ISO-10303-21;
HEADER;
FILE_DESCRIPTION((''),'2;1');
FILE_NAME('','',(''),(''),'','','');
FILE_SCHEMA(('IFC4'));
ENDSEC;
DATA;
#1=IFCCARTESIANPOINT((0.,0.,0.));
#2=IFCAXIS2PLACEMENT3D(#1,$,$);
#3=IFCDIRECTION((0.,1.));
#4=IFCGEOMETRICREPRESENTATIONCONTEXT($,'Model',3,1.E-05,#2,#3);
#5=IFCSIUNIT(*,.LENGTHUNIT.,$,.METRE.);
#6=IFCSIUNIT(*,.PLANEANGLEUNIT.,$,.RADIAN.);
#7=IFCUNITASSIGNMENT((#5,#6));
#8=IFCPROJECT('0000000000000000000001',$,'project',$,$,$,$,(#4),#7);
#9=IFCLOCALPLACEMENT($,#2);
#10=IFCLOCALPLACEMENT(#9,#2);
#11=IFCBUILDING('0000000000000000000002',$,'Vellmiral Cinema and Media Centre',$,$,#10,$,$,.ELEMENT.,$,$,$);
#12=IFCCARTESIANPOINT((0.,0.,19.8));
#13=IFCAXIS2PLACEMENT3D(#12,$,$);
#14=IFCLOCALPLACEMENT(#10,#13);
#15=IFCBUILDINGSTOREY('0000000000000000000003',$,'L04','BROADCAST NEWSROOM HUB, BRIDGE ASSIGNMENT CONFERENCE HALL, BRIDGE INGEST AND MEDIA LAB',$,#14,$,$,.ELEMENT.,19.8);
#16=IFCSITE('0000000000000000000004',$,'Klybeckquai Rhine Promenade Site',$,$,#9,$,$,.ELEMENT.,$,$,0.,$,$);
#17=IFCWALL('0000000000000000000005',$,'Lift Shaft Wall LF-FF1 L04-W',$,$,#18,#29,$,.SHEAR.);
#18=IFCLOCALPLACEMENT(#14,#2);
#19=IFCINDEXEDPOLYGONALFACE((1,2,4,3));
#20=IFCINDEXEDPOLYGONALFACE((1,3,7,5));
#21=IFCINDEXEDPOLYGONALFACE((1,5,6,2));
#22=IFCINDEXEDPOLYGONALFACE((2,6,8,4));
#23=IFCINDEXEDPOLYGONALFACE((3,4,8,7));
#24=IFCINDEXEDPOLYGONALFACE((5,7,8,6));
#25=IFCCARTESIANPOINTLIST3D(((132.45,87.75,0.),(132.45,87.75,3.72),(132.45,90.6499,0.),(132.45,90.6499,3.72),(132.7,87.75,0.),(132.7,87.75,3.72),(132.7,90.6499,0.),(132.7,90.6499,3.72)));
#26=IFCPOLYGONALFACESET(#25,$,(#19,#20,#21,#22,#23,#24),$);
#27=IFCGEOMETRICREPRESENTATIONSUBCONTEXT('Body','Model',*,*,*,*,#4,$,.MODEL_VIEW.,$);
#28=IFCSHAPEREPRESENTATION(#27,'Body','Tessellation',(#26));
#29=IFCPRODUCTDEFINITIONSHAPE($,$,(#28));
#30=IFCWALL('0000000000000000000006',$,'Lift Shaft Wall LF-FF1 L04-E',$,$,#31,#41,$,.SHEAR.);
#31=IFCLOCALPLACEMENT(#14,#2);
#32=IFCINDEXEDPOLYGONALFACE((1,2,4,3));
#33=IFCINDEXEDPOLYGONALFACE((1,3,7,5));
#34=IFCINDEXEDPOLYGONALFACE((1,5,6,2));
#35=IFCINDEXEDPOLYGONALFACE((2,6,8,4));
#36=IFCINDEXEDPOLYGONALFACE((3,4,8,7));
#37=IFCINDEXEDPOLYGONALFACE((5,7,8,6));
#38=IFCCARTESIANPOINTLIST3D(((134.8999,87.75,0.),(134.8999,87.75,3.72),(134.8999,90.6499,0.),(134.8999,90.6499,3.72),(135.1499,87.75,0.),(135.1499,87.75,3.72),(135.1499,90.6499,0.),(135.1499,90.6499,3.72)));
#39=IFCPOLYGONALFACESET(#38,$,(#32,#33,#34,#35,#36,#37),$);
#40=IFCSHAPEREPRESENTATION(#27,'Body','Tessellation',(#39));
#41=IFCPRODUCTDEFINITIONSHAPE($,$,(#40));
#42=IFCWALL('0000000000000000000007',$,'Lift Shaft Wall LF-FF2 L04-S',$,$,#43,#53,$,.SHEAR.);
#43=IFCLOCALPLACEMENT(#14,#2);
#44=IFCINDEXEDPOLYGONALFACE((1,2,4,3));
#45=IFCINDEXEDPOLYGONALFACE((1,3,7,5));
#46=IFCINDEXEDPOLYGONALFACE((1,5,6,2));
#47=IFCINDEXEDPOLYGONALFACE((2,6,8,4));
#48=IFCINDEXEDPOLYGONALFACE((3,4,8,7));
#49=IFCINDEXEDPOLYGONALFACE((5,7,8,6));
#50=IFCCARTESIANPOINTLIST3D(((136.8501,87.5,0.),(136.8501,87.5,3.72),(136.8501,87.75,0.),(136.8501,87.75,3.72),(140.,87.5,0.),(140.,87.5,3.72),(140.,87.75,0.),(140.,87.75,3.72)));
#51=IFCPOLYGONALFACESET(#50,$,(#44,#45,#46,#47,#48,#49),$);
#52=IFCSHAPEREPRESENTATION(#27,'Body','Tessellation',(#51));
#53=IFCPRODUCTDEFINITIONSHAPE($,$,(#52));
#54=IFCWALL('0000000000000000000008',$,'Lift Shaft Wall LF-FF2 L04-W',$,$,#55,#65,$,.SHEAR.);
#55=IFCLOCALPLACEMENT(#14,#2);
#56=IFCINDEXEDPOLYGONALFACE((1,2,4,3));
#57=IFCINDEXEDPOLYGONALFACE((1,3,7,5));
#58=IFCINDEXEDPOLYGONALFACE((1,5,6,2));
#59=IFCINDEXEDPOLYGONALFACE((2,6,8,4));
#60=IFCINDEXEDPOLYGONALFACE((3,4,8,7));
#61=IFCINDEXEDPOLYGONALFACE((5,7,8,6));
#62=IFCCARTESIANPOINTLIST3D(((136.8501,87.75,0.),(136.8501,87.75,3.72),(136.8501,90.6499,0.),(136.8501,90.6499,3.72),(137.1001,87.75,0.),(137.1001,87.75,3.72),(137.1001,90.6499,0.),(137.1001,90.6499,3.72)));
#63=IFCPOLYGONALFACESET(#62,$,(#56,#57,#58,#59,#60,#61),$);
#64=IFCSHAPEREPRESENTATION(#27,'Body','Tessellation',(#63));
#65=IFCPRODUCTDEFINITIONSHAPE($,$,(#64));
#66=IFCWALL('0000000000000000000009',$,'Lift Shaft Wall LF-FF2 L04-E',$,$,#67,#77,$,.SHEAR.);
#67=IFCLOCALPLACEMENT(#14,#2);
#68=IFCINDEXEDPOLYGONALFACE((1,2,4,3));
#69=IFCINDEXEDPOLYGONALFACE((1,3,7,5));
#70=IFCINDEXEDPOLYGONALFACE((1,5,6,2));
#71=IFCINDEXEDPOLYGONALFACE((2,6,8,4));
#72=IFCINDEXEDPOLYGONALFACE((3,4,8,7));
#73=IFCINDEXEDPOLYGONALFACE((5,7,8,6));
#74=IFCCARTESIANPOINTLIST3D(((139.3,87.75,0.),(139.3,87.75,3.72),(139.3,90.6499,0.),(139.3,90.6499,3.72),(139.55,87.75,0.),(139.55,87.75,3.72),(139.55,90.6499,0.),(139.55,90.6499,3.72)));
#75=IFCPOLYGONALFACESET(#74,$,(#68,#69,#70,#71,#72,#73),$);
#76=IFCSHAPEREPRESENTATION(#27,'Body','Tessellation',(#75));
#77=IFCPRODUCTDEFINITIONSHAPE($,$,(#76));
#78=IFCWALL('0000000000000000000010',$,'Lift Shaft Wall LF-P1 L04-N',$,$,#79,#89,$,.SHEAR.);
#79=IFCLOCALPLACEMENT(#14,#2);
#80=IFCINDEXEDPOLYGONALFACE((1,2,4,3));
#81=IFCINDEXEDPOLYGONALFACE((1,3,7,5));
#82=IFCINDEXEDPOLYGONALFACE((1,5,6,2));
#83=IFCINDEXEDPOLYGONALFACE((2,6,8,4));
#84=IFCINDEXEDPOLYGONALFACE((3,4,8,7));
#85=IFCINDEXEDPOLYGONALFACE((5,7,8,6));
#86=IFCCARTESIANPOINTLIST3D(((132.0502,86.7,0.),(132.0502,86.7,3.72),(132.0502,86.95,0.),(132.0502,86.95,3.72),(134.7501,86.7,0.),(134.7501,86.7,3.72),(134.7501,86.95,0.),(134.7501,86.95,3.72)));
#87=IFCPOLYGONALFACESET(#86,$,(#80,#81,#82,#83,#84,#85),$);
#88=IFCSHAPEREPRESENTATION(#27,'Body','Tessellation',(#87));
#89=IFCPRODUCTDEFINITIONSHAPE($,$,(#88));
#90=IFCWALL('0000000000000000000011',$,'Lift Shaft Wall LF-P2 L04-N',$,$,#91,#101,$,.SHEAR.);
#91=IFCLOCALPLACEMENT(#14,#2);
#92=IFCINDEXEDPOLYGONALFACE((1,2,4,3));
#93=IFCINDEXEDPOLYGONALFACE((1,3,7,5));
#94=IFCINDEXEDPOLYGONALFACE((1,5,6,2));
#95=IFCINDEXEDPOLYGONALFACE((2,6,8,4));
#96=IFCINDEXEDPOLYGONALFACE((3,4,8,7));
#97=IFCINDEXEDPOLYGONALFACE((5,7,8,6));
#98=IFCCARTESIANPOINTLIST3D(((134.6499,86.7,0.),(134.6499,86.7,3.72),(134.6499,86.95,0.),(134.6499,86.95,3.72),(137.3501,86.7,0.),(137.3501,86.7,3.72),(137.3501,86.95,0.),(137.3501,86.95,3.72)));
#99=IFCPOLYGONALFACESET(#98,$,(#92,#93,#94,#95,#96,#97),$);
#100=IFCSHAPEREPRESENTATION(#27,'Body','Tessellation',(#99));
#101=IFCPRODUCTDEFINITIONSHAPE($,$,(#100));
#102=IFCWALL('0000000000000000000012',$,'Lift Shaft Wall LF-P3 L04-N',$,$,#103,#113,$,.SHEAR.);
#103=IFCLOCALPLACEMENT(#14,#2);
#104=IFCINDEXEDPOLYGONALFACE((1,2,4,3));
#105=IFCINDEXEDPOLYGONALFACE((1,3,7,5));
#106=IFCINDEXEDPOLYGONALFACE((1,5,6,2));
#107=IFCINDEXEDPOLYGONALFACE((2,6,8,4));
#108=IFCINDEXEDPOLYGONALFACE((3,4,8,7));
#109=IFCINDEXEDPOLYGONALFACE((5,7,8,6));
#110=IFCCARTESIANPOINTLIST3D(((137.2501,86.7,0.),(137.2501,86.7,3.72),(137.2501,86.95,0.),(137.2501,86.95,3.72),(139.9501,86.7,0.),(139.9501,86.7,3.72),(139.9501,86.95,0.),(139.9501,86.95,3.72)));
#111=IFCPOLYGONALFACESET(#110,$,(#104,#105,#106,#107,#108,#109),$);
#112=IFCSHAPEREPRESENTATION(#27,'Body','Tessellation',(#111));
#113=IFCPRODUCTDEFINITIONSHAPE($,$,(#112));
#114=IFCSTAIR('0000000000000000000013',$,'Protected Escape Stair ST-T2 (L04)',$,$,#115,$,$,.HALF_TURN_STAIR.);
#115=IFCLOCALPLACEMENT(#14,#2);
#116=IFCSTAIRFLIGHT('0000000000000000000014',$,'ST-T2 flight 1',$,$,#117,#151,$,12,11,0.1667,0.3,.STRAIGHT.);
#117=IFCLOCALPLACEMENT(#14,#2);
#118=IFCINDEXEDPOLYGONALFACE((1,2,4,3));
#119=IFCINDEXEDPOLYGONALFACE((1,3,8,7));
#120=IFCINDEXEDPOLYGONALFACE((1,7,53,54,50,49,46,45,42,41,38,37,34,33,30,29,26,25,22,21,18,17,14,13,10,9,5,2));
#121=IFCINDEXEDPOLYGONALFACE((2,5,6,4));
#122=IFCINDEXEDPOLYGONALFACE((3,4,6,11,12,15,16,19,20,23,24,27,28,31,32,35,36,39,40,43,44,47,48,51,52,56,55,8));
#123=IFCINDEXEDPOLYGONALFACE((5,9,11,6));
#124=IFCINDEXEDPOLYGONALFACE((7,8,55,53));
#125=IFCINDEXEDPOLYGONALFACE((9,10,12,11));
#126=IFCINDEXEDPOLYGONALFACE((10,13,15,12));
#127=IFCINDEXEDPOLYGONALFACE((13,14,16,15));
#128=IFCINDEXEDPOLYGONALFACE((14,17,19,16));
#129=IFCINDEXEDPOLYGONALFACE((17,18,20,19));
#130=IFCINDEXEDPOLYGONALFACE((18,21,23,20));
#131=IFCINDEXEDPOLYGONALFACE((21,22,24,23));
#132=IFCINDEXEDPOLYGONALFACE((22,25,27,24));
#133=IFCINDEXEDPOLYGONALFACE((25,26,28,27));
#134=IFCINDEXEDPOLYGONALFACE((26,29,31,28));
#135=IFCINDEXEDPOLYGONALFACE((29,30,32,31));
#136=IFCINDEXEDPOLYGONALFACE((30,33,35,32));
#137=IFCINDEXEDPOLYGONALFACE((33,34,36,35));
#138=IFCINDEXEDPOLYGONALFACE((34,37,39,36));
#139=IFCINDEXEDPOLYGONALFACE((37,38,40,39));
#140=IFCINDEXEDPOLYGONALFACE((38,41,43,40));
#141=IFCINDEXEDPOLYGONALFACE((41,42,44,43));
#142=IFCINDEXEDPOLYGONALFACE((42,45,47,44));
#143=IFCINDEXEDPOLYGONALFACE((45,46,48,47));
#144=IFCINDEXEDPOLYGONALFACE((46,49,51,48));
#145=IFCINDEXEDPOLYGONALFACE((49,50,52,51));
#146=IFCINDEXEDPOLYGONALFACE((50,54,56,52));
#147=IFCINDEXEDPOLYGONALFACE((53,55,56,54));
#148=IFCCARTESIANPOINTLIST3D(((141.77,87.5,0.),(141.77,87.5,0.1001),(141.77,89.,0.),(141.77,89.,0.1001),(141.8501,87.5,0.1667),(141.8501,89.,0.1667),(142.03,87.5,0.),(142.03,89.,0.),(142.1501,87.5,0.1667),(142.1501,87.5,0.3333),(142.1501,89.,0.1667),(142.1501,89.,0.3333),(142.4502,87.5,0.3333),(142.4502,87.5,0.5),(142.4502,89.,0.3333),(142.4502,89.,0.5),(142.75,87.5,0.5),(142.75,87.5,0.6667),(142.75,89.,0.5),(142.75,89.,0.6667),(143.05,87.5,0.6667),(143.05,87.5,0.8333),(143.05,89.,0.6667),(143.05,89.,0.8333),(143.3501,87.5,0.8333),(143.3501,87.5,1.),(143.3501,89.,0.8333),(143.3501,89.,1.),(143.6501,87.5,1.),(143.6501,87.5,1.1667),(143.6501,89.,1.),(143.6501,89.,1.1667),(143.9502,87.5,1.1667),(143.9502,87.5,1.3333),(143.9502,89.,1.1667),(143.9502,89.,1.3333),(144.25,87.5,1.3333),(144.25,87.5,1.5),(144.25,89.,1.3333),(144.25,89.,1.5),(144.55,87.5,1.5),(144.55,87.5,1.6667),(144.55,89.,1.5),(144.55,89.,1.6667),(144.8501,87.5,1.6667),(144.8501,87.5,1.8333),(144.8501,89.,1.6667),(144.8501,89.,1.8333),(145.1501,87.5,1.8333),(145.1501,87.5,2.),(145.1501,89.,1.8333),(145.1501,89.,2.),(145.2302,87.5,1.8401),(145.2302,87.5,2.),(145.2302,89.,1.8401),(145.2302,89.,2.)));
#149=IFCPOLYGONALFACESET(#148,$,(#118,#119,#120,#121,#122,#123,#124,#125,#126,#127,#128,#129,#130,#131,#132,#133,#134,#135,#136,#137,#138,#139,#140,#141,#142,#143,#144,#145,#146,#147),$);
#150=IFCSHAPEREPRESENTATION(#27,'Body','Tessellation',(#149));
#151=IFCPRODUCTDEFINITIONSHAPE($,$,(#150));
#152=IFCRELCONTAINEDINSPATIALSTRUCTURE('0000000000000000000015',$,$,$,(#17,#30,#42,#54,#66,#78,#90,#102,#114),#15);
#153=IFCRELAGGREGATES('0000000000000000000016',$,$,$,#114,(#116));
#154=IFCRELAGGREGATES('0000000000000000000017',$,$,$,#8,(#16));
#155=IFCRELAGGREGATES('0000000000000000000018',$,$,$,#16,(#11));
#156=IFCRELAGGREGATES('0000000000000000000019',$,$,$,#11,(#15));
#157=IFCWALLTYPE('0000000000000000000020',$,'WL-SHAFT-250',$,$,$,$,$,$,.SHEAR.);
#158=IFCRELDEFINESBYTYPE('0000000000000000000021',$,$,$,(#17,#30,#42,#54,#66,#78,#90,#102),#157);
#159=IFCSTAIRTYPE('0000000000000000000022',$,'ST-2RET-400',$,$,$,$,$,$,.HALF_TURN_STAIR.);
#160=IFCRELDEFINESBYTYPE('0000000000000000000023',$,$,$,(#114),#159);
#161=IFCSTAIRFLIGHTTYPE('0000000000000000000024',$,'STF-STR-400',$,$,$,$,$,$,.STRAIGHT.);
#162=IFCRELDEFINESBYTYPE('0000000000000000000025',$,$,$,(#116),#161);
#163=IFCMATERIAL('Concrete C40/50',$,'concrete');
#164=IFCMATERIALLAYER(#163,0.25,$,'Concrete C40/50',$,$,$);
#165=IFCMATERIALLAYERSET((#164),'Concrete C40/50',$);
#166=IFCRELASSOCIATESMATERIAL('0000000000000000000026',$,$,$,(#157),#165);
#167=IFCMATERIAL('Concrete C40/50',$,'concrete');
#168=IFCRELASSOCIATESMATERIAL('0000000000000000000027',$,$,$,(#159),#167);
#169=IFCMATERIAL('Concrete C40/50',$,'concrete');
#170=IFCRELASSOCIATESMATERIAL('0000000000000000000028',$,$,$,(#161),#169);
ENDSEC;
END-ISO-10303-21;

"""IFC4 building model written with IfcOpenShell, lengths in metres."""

from ifc_helpers import new_model, si_unit, direction, frame, frame_2d, origin, place, context, subcontext, project, spatial, polyline, rectangle, outline, extrude, material, layer, layer_set, type_object, element, aggregate, save


model = new_model("IFC4")

# Units and contexts
model_context = context("Model", 3, precision=1e-05, world=origin(), true_north=direction((0.0, 1.0)))
body_context = subcontext(model_context, "Body", "Model", "MODEL_VIEW")
ifc_project = project(units=[si_unit("LENGTHUNIT", "METRE"), si_unit("PLANEANGLEUNIT", "RADIAN")], contexts=[model_context])

# Site, building, storey
site_placement = place(None, origin())
site = spatial("IfcSite", under=ifc_project, at=site_placement, Name="Klybeckquai Rhine Promenade Site", CompositionType="ELEMENT", RefElevation=0.0)
building_placement = place(site_placement, origin())
building = spatial("IfcBuilding", under=site, at=building_placement, Name="Vellmiral Cinema and Media Centre", CompositionType="ELEMENT")
storey_placement = place(building_placement, frame((0.0, 0.0, 19.8)))
storey = spatial("IfcBuildingStorey", under=building, at=storey_placement, Name="L04", Description="BROADCAST NEWSROOM HUB, BRIDGE ASSIGNMENT CONFERENCE HALL, BRIDGE INGEST AND MEDIA LAB", CompositionType="ELEMENT", Elevation=19.8)

# Walls
ifc_material_1 = material(Name="Concrete C40/50", Category="concrete")
ifc_layer_1 = layer(ifc_material_1, 0.25, Name="Concrete C40/50")
ifc_layer_set_1 = layer_set([ifc_layer_1], Name="Concrete C40/50")
wall_type_1 = type_object("IfcWallType", Name="WL-SHAFT-250", PredefinedType="SHEAR", material=ifc_layer_set_1)
for number, where, z_axis, x_axis, name in (
    (1, (132.575, 87.75, 0.0), (0.0, 0.0, 1.0), (0.0, 1.0, 0.0), "Lift Shaft Wall LF-FF1 L04-W"),
    (2, (135.0249, 87.75, 0.0), (0.0, 0.0, 1.0), (0.0, 1.0, 0.0), "Lift Shaft Wall LF-FF1 L04-E"),
):
    element("IfcWall", number, at=place(storey_placement, frame(where, z_axis=z_axis, x_axis=x_axis)), inside=storey, type_object=wall_type_1, Name=name, PredefinedType="SHEAR", context=body_context, shape_type="SweptSolid", body=[
        extrude(rectangle(XDim=2.8999, YDim=0.25, at=frame_2d((1.45, 0.0))), origin(), (0.0, 0.0, 1.0), 3.72),
    ])
wall_1_placement = place(storey_placement, frame((136.8501, 87.625, 0.0), z_axis=(0.0, 0.0, 1.0), x_axis=(1.0, 0.0, 0.0)))
element("IfcWall", 3, at=wall_1_placement, inside=storey, type_object=wall_type_1, Name="Lift Shaft Wall LF-FF2 L04-S", PredefinedType="SHEAR", context=body_context, shape_type="SweptSolid", body=[
    extrude(rectangle(XDim=3.1499, YDim=0.25, at=frame_2d((1.575, 0.0))), origin(), (0.0, 0.0, 1.0), 3.72),
])

# Walls
for number, where, z_axis, x_axis, name in (
    (4, (136.9751, 87.75, 0.0), (0.0, 0.0, 1.0), (0.0, 1.0, 0.0), "Lift Shaft Wall LF-FF2 L04-W"),
    (5, (139.425, 87.75, 0.0), (0.0, 0.0, 1.0), (0.0, 1.0, 0.0), "Lift Shaft Wall LF-FF2 L04-E"),
):
    element("IfcWall", number, at=place(storey_placement, frame(where, z_axis=z_axis, x_axis=x_axis)), inside=storey, type_object=wall_type_1, Name=name, PredefinedType="SHEAR", context=body_context, shape_type="SweptSolid", body=[
        extrude(rectangle(XDim=2.8999, YDim=0.25, at=frame_2d((1.45, 0.0))), origin(), (0.0, 0.0, 1.0), 3.72),
    ])
wall_2_placement = place(storey_placement, frame((132.05, 86.825, 0.0), z_axis=(0.0, 0.0, 1.0), x_axis=(1.0, 0.0, 0.0)))
element("IfcWall", 6, at=wall_2_placement, inside=storey, type_object=wall_type_1, Name="Lift Shaft Wall LF-P1 L04-N", PredefinedType="SHEAR", context=body_context, shape_type="SweptSolid", body=[
    extrude(rectangle(XDim=2.7, YDim=0.25, at=frame_2d((1.3501, 0.0))), origin(), (0.0, 0.0, 1.0), 3.72),
])
wall_3_placement = place(storey_placement, frame((134.6499, 86.825, 0.0), z_axis=(0.0, 0.0, 1.0), x_axis=(1.0, 0.0, 0.0)))
element("IfcWall", 7, at=wall_3_placement, inside=storey, type_object=wall_type_1, Name="Lift Shaft Wall LF-P2 L04-N", PredefinedType="SHEAR", context=body_context, shape_type="SweptSolid", body=[
    extrude(rectangle(XDim=2.7002, YDim=0.25, at=frame_2d((1.3501, 0.0))), origin(), (0.0, 0.0, 1.0), 3.72),
])
wall_4_placement = place(storey_placement, frame((137.25, 86.825, 0.0), z_axis=(0.0, 0.0, 1.0), x_axis=(1.0, 0.0, 0.0)))
element("IfcWall", 8, at=wall_4_placement, inside=storey, type_object=wall_type_1, Name="Lift Shaft Wall LF-P3 L04-N", PredefinedType="SHEAR", context=body_context, shape_type="SweptSolid", body=[
    extrude(rectangle(XDim=2.7, YDim=0.25, at=frame_2d((1.3501, 0.0))), origin(), (0.0, 0.0, 1.0), 3.72),
])

# Stair, stair flight
ifc_material_2 = material(Name="Concrete C40/50", Category="concrete")
stair_type = type_object("IfcStairType", Name="ST-2RET-400", PredefinedType="HALF_TURN_STAIR", material=ifc_material_2)
stair_placement = place(storey_placement, origin())
stair = element("IfcStair", 9, at=stair_placement, inside=storey, type_object=stair_type, Name="Protected Escape Stair ST-T2 (L04)", PredefinedType="HALF_TURN_STAIR")
ifc_material_3 = material(Name="Concrete C40/50", Category="concrete")
stair_flight_type = type_object("IfcStairFlightType", Name="STF-STR-400", PredefinedType="STRAIGHT", material=ifc_material_3)
stair_flight_placement = place(storey_placement, frame((141.8501, 88.25, 0.0), z_axis=(0.0, 0.0, 1.0), x_axis=(1.0, 0.0, 0.0)))
stair_flight = element("IfcStairFlight", 10, at=stair_flight_placement, type_object=stair_flight_type, Name="ST-T2 flight 1", NumberOfRisers=12, NumberOfTreads=11, PredefinedType="STRAIGHT", RiserHeight=0.1667, TreadLength=0.3, context=body_context, shape_type="SweptSolid", body=[
    extrude(outline(polyline([(-0.0801, 0.0), (-0.0801, 0.1001), (0.0, 0.1667), (0.3, 0.1667), (0.3, 0.3333), (0.6001, 0.3333), (0.6001, 0.5), (0.8999, 0.5), (0.8999, 0.6667), (1.2, 0.6667), (1.2, 0.8333), (1.5, 0.8333), (1.5, 1.0), (1.8, 1.0), (1.8, 1.1667), (2.1001, 1.1667), (2.1001, 1.3333), (2.3999, 1.3333), (2.3999, 1.5), (2.7, 1.5), (2.7, 1.6667), (3.0, 1.6667), (3.0, 1.8333), (3.3, 1.8333), (3.3, 2.0), (3.3801, 2.0), (3.3801, 1.8401), (0.1799, 0.0), (-0.0801, 0.0)])), frame((0.0, 0.75, 0.0), z_axis=(0.0, -1.0, 0.0), x_axis=(1.0, 0.0, 0.0)), (0.0, 0.0, 1.0), 1.5),
])
aggregate(stair, [stair_flight])

save(model, "model.ifc")
